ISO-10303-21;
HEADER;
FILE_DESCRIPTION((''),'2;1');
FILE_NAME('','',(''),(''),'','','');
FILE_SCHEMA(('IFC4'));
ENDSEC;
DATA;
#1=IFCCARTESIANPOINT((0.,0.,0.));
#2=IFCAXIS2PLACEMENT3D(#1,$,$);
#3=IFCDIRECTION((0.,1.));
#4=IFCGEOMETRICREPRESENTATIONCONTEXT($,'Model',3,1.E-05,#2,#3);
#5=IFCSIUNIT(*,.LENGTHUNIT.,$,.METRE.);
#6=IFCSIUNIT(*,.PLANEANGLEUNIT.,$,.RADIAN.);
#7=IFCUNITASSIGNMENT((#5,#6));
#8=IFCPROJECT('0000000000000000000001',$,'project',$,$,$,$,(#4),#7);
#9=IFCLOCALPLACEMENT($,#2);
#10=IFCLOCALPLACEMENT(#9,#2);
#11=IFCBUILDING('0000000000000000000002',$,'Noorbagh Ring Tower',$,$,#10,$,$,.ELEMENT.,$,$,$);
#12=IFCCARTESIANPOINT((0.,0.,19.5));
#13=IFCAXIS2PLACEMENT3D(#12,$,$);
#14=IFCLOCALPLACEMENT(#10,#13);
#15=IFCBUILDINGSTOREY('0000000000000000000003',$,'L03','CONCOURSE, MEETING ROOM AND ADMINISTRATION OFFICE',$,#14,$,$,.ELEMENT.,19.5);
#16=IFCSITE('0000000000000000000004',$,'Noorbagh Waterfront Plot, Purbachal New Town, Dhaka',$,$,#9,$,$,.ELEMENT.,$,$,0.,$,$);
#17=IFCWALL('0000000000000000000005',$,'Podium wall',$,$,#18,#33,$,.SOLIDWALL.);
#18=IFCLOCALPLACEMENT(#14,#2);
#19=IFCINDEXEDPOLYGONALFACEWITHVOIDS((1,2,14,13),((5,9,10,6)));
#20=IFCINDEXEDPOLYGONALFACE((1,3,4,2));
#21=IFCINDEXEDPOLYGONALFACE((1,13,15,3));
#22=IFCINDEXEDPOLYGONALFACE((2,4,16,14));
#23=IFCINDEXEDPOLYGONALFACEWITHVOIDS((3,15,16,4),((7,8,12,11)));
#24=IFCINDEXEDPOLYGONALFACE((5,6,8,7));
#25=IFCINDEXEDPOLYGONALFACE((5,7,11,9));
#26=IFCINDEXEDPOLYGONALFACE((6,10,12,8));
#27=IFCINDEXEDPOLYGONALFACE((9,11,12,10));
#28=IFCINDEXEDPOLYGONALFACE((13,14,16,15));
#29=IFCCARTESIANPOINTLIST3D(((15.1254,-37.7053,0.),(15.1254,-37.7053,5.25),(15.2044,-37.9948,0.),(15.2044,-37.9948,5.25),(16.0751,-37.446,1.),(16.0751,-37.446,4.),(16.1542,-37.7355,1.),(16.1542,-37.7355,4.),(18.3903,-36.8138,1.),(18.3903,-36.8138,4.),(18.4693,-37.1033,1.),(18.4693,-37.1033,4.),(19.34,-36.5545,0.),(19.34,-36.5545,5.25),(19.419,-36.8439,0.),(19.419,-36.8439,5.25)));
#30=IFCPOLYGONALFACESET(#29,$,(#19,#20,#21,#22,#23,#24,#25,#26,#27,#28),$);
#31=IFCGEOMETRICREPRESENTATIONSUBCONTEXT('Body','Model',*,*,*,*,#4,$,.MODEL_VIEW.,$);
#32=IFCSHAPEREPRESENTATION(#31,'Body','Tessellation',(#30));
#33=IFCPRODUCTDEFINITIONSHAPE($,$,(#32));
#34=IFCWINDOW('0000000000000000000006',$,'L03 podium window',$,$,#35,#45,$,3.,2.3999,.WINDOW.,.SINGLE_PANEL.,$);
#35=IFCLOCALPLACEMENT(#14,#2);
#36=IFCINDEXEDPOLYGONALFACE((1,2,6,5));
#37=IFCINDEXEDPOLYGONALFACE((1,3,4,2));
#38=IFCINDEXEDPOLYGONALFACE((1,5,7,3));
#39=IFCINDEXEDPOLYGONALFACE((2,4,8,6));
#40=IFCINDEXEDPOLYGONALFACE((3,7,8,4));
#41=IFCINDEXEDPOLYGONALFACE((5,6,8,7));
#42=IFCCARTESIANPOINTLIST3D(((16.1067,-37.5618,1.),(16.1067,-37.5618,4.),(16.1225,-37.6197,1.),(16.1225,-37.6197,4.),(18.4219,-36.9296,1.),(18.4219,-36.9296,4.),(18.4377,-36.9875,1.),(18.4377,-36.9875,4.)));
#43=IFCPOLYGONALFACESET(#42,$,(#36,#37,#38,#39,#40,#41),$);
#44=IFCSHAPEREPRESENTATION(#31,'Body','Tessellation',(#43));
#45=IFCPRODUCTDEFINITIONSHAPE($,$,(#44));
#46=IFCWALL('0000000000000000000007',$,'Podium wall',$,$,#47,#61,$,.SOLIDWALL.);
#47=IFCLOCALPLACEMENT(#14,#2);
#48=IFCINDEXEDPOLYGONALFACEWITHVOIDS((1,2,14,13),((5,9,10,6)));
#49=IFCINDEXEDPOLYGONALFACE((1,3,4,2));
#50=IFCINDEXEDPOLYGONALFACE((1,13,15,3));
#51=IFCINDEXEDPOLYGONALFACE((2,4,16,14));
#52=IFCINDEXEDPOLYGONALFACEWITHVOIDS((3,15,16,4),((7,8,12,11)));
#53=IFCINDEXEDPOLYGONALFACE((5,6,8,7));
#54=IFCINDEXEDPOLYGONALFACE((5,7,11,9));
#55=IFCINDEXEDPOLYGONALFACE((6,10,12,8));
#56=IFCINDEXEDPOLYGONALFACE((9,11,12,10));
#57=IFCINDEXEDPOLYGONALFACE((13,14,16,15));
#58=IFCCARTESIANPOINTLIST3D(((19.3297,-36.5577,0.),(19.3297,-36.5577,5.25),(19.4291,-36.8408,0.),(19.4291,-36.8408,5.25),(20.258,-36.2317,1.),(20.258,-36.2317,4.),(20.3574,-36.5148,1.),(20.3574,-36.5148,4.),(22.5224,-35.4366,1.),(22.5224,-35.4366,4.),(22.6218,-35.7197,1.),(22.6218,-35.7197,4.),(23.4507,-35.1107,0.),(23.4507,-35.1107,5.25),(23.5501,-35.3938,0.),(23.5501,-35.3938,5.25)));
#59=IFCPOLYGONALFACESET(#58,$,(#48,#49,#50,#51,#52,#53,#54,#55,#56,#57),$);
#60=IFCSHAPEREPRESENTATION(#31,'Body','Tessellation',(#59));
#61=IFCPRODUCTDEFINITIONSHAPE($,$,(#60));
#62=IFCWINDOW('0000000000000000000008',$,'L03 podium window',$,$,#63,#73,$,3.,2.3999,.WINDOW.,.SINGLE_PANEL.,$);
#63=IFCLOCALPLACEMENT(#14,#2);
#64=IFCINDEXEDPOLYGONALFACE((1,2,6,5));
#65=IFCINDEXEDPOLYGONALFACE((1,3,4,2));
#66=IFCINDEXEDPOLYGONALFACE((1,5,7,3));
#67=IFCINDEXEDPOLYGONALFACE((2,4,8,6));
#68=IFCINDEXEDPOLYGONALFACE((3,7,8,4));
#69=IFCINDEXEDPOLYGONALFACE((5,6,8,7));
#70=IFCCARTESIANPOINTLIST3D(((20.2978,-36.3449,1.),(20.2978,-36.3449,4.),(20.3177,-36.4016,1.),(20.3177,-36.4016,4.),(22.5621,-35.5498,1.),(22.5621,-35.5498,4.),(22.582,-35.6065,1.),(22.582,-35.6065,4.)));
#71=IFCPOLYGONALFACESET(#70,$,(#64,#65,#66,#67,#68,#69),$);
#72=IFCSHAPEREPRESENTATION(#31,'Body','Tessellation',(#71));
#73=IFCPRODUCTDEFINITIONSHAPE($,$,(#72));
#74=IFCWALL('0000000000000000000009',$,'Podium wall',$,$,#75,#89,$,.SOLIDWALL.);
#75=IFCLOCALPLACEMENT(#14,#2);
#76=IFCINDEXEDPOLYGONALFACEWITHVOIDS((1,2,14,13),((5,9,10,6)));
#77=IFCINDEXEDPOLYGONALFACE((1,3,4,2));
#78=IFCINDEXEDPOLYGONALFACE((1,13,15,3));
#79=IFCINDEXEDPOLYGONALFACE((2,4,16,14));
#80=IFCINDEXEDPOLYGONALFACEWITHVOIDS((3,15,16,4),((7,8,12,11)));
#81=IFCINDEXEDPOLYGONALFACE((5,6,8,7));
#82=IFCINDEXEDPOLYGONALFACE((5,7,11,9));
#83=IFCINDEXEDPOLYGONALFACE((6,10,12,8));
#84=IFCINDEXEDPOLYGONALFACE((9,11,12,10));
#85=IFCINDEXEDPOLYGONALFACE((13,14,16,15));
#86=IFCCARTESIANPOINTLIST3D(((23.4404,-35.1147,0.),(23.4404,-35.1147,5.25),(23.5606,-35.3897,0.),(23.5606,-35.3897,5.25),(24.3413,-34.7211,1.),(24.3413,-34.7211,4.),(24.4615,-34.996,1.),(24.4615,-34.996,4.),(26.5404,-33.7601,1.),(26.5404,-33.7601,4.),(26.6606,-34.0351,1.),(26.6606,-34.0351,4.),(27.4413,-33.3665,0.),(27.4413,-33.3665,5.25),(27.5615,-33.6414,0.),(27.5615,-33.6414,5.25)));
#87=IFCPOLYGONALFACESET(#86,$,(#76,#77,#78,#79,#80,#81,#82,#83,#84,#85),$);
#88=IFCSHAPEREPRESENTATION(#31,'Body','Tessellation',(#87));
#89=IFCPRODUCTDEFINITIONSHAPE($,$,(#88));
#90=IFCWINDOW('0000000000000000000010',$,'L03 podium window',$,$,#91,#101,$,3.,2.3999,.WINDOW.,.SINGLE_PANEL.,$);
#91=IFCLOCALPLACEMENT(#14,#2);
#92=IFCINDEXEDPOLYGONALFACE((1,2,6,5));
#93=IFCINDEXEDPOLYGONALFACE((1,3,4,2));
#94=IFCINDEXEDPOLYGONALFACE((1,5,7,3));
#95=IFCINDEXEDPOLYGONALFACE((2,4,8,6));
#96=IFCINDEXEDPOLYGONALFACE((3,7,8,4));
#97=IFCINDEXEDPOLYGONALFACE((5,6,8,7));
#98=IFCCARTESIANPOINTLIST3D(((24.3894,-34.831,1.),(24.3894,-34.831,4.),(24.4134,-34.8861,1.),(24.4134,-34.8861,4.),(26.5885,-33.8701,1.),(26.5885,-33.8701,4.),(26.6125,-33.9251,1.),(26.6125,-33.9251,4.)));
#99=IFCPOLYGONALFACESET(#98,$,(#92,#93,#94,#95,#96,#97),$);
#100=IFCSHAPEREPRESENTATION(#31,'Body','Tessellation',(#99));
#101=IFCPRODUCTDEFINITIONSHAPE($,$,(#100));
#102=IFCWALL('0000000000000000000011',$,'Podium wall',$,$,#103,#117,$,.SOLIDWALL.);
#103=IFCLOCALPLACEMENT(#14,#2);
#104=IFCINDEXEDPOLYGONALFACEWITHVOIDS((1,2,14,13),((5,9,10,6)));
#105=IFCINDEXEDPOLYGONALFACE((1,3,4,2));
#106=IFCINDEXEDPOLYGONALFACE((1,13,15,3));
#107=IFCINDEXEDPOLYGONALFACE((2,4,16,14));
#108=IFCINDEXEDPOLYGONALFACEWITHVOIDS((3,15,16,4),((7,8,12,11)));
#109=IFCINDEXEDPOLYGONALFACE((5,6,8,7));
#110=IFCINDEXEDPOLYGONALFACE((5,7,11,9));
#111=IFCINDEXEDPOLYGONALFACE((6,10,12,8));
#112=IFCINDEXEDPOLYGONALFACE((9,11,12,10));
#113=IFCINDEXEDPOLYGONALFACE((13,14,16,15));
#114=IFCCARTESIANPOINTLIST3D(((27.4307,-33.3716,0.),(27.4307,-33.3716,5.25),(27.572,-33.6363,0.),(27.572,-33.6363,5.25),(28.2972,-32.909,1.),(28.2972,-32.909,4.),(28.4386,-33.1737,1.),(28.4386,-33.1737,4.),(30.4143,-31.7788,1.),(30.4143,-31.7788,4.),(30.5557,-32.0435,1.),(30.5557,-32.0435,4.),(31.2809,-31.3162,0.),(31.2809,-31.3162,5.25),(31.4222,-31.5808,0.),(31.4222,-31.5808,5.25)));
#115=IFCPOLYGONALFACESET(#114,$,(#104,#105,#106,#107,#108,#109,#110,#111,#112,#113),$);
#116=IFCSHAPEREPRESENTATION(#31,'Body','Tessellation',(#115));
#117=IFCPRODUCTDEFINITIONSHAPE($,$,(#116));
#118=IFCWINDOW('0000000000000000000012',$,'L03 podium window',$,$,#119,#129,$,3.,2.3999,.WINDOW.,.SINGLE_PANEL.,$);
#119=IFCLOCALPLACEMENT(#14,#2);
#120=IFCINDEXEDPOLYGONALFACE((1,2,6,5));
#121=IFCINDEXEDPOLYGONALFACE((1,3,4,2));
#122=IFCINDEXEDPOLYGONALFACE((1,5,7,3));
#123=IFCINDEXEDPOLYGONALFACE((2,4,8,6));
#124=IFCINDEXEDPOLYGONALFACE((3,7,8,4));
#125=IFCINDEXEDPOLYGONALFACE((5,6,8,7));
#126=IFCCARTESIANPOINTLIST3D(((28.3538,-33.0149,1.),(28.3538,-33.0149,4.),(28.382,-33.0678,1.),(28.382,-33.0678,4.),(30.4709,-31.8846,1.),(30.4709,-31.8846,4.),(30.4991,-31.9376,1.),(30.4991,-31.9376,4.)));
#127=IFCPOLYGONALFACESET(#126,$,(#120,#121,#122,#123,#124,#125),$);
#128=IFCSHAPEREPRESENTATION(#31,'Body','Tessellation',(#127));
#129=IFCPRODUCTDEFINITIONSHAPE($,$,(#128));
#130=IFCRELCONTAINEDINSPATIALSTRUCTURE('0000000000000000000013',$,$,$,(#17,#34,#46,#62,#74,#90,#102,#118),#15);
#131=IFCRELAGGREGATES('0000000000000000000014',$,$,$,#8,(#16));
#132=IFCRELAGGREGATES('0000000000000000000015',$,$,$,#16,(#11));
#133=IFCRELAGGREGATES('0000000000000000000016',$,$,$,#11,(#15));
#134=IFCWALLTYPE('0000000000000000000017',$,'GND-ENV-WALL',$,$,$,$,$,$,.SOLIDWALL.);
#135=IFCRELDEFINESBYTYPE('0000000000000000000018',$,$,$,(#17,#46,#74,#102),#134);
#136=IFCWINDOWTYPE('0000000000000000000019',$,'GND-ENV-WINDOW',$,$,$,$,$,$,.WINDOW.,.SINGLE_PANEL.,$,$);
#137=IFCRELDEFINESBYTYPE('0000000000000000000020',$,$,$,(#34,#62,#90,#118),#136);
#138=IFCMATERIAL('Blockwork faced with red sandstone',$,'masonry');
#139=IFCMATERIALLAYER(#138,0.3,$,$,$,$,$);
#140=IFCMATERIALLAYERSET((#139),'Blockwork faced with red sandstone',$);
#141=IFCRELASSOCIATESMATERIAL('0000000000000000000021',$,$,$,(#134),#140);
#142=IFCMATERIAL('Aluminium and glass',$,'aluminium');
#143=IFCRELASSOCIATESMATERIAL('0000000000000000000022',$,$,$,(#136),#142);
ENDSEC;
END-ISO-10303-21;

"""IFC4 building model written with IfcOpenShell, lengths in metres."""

from ifc_helpers import new_model, si_unit, direction, frame, frame_2d, origin, place, context, subcontext, project, spatial, rectangle, extrude, material, layer, layer_set, type_object, element, fill, save


model = new_model("IFC4")

# Units and contexts
model_context = context("Model", 3, precision=1e-05, world=origin(), true_north=direction((0.0, 1.0)))
body_context = subcontext(model_context, "Body", "Model", "MODEL_VIEW")
ifc_project = project(units=[si_unit("LENGTHUNIT", "METRE"), si_unit("PLANEANGLEUNIT", "RADIAN")], contexts=[model_context])

# Site, building, storey
site_placement = place(None, origin())
site = spatial("IfcSite", under=ifc_project, at=site_placement, Name="Noorbagh Waterfront Plot, Purbachal New Town, Dhaka", CompositionType="ELEMENT", RefElevation=0.0)
building_placement = place(site_placement, origin())
building = spatial("IfcBuilding", under=site, at=building_placement, Name="Noorbagh Ring Tower", CompositionType="ELEMENT")
storey_placement = place(building_placement, frame((0.0, 0.0, 19.5)))
storey = spatial("IfcBuildingStorey", under=building, at=storey_placement, Name="L03", Description="CONCOURSE, MEETING ROOM AND ADMINISTRATION OFFICE", CompositionType="ELEMENT", Elevation=19.5)

# Walls, openings, windows
ifc_material_1 = material(Name="Blockwork faced with red sandstone", Category="masonry")
ifc_layer_1 = layer(ifc_material_1, 0.3)
ifc_layer_set_1 = layer_set([ifc_layer_1], Name="Blockwork faced with red sandstone")
wall_type = type_object("IfcWallType", Name="GND-ENV-WALL", PredefinedType="SOLIDWALL", material=ifc_layer_set_1)
ifc_material_2 = material(Name="Aluminium and glass", Category="aluminium")
window_type = type_object("IfcWindowType", Name="GND-ENV-WINDOW", PartitioningType="SINGLE_PANEL", PredefinedType="WINDOW", material=ifc_material_2)
wall_1_placement = place(storey_placement, frame((15.1648, -37.8501, 0.0), z_axis=(0.0, 0.0, 1.0), x_axis=(0.96468, 0.263425, 0.0)))
wall_1 = element("IfcWall", 1, at=wall_1_placement, inside=storey, type_object=wall_type, Name="Podium wall", PredefinedType="SOLIDWALL", context=body_context, shape_type="SweptSolid", body=[
    extrude(rectangle(XDim=4.3689, YDim=0.3, at=frame_2d((2.1846, 0.0))), origin(), (0.0, 0.0, 1.0), 5.25),
])
opening_1_placement = place(wall_1_placement, frame((0.9846, 0.0, 1.0)))
opening_1 = element("IfcOpeningElement", 2, at=opening_1_placement, cuts=wall_1, PredefinedType="OPENING", context=body_context, shape_type="SweptSolid", body=[
    extrude(rectangle(XDim=2.3999, YDim=3.0, at=frame_2d((1.2, 1.5))), frame((0.0, 0.1602, 0.0), z_axis=(0.0, -1.0, 0.0), x_axis=(1.0, 0.0, 0.0)), (0.0, 0.0, 1.0), 0.3201),
])
window_1_placement = place(opening_1_placement, origin())
window_1 = element("IfcWindow", 3, at=window_1_placement, inside=storey, type_object=window_type, Name="L03 podium window", OverallHeight=3.0, OverallWidth=2.3999, PartitioningType="SINGLE_PANEL", PredefinedType="WINDOW", context=body_context, shape_type="SweptSolid", body=[
    extrude(rectangle(XDim=2.3999, YDim=3.0, at=frame_2d((1.2, 1.5))), frame((0.0, 0.03, 0.0), z_axis=(0.0, -1.0, 0.0), x_axis=(1.0, 0.0, 0.0)), (0.0, 0.0, 1.0), 0.0601),
])
fill(opening_1, window_1)
wall_2_placement = place(storey_placement, frame((19.3794, -36.6992, 0.0), z_axis=(0.0, 0.0, 1.0), x_axis=(0.943527, 0.331296, 0.0)))
wall_2 = element("IfcWall", 4, at=wall_2_placement, inside=storey, type_object=wall_type, Name="Podium wall", PredefinedType="SOLIDWALL", context=body_context, shape_type="SweptSolid", body=[
    extrude(rectangle(XDim=4.3677, YDim=0.3, at=frame_2d((2.1838, 0.0))), origin(), (0.0, 0.0, 1.0), 5.25),
])
opening_2_placement = place(wall_2_placement, frame((0.9839, 0.0, 1.0)))
opening_2 = element("IfcOpeningElement", 5, at=opening_2_placement, cuts=wall_2, PredefinedType="OPENING", context=body_context, shape_type="SweptSolid", body=[
    extrude(rectangle(XDim=2.3999, YDim=3.0, at=frame_2d((1.2, 1.5))), frame((0.0, 0.1602, 0.0), z_axis=(0.0, -1.0, 0.0), x_axis=(1.0, 0.0, 0.0)), (0.0, 0.0, 1.0), 0.3201),
])
window_2_placement = place(opening_2_placement, origin())
window_2 = element("IfcWindow", 6, at=window_2_placement, inside=storey, type_object=window_type, Name="L03 podium window", OverallHeight=3.0, OverallWidth=2.3999, PartitioningType="SINGLE_PANEL", PredefinedType="WINDOW", context=body_context, shape_type="SweptSolid", body=[
    extrude(rectangle(XDim=2.3999, YDim=3.0, at=frame_2d((1.2, 1.5))), frame((0.0, 0.03, 0.0), z_axis=(0.0, -1.0, 0.0), x_axis=(1.0, 0.0, 0.0)), (0.0, 0.0, 1.0), 0.0601),
])
fill(opening_2, window_2)
wall_3_placement = place(storey_placement, frame((23.5005, -35.2522, 0.0), z_axis=(0.0, 0.0, 1.0), x_axis=(0.916337, 0.400408, 0.0)))
wall_3 = element("IfcWall", 7, at=wall_3_placement, inside=storey, type_object=wall_type, Name="Podium wall", PredefinedType="SOLIDWALL", context=body_context, shape_type="SweptSolid", body=[
    extrude(rectangle(XDim=4.3662, YDim=0.3, at=frame_2d((2.1831, 0.0))), origin(), (0.0, 0.0, 1.0), 5.25),
])
opening_3_placement = place(wall_3_placement, frame((0.9832, 0.0, 1.0)))
opening_3 = element("IfcOpeningElement", 8, at=opening_3_placement, cuts=wall_3, PredefinedType="OPENING", context=body_context, shape_type="SweptSolid", body=[
    extrude(rectangle(XDim=2.3999, YDim=3.0, at=frame_2d((1.2, 1.5))), frame((0.0, 0.1602, 0.0), z_axis=(0.0, -1.0, 0.0), x_axis=(1.0, 0.0, 0.0)), (0.0, 0.0, 1.0), 0.3201),
])
window_3_placement = place(opening_3_placement, origin())
window_3 = element("IfcWindow", 9, at=window_3_placement, inside=storey, type_object=window_type, Name="L03 podium window", OverallHeight=3.0, OverallWidth=2.3999, PartitioningType="SINGLE_PANEL", PredefinedType="WINDOW", context=body_context, shape_type="SweptSolid", body=[
    extrude(rectangle(XDim=2.3999, YDim=3.0, at=frame_2d((1.2, 1.5))), frame((0.0, 0.03, 0.0), z_axis=(0.0, -1.0, 0.0), x_axis=(1.0, 0.0, 0.0)), (0.0, 0.0, 1.0), 0.0601),
])
fill(opening_3, window_3)
wall_4_placement = place(storey_placement, frame((27.5015, -33.5039, 0.0), z_axis=(0.0, 0.0, 1.0), x_axis=(0.882159, 0.470951, 0.0)))
wall_4 = element("IfcWall", 10, at=wall_4_placement, inside=storey, type_object=wall_type, Name="Podium wall", PredefinedType="SOLIDWALL", context=body_context, shape_type="SweptSolid", body=[
    extrude(rectangle(XDim=4.3645, YDim=0.3, at=frame_2d((2.1821, 0.0))), origin(), (0.0, 0.0, 1.0), 5.25),
])
opening_4_placement = place(wall_4_placement, frame((0.9822, 0.0, 1.0)))
opening_4 = element("IfcOpeningElement", 11, at=opening_4_placement, cuts=wall_4, PredefinedType="OPENING", context=body_context, shape_type="SweptSolid", body=[
    extrude(rectangle(XDim=2.3999, YDim=3.0, at=frame_2d((1.2, 1.5))), frame((0.0, 0.1602, 0.0), z_axis=(0.0, -1.0, 0.0), x_axis=(1.0, 0.0, 0.0)), (0.0, 0.0, 1.0), 0.3201),
])
window_4_placement = place(opening_4_placement, origin())
window_4 = element("IfcWindow", 12, at=window_4_placement, inside=storey, type_object=window_type, Name="L03 podium window", OverallHeight=3.0, OverallWidth=2.3999, PartitioningType="SINGLE_PANEL", PredefinedType="WINDOW", context=body_context, shape_type="SweptSolid", body=[
    extrude(rectangle(XDim=2.3999, YDim=3.0, at=frame_2d((1.2, 1.5))), frame((0.0, 0.03, 0.0), z_axis=(0.0, -1.0, 0.0), x_axis=(1.0, 0.0, 0.0)), (0.0, 0.0, 1.0), 0.0601),
])
fill(opening_4, window_4)

save(model, "model.ifc")
